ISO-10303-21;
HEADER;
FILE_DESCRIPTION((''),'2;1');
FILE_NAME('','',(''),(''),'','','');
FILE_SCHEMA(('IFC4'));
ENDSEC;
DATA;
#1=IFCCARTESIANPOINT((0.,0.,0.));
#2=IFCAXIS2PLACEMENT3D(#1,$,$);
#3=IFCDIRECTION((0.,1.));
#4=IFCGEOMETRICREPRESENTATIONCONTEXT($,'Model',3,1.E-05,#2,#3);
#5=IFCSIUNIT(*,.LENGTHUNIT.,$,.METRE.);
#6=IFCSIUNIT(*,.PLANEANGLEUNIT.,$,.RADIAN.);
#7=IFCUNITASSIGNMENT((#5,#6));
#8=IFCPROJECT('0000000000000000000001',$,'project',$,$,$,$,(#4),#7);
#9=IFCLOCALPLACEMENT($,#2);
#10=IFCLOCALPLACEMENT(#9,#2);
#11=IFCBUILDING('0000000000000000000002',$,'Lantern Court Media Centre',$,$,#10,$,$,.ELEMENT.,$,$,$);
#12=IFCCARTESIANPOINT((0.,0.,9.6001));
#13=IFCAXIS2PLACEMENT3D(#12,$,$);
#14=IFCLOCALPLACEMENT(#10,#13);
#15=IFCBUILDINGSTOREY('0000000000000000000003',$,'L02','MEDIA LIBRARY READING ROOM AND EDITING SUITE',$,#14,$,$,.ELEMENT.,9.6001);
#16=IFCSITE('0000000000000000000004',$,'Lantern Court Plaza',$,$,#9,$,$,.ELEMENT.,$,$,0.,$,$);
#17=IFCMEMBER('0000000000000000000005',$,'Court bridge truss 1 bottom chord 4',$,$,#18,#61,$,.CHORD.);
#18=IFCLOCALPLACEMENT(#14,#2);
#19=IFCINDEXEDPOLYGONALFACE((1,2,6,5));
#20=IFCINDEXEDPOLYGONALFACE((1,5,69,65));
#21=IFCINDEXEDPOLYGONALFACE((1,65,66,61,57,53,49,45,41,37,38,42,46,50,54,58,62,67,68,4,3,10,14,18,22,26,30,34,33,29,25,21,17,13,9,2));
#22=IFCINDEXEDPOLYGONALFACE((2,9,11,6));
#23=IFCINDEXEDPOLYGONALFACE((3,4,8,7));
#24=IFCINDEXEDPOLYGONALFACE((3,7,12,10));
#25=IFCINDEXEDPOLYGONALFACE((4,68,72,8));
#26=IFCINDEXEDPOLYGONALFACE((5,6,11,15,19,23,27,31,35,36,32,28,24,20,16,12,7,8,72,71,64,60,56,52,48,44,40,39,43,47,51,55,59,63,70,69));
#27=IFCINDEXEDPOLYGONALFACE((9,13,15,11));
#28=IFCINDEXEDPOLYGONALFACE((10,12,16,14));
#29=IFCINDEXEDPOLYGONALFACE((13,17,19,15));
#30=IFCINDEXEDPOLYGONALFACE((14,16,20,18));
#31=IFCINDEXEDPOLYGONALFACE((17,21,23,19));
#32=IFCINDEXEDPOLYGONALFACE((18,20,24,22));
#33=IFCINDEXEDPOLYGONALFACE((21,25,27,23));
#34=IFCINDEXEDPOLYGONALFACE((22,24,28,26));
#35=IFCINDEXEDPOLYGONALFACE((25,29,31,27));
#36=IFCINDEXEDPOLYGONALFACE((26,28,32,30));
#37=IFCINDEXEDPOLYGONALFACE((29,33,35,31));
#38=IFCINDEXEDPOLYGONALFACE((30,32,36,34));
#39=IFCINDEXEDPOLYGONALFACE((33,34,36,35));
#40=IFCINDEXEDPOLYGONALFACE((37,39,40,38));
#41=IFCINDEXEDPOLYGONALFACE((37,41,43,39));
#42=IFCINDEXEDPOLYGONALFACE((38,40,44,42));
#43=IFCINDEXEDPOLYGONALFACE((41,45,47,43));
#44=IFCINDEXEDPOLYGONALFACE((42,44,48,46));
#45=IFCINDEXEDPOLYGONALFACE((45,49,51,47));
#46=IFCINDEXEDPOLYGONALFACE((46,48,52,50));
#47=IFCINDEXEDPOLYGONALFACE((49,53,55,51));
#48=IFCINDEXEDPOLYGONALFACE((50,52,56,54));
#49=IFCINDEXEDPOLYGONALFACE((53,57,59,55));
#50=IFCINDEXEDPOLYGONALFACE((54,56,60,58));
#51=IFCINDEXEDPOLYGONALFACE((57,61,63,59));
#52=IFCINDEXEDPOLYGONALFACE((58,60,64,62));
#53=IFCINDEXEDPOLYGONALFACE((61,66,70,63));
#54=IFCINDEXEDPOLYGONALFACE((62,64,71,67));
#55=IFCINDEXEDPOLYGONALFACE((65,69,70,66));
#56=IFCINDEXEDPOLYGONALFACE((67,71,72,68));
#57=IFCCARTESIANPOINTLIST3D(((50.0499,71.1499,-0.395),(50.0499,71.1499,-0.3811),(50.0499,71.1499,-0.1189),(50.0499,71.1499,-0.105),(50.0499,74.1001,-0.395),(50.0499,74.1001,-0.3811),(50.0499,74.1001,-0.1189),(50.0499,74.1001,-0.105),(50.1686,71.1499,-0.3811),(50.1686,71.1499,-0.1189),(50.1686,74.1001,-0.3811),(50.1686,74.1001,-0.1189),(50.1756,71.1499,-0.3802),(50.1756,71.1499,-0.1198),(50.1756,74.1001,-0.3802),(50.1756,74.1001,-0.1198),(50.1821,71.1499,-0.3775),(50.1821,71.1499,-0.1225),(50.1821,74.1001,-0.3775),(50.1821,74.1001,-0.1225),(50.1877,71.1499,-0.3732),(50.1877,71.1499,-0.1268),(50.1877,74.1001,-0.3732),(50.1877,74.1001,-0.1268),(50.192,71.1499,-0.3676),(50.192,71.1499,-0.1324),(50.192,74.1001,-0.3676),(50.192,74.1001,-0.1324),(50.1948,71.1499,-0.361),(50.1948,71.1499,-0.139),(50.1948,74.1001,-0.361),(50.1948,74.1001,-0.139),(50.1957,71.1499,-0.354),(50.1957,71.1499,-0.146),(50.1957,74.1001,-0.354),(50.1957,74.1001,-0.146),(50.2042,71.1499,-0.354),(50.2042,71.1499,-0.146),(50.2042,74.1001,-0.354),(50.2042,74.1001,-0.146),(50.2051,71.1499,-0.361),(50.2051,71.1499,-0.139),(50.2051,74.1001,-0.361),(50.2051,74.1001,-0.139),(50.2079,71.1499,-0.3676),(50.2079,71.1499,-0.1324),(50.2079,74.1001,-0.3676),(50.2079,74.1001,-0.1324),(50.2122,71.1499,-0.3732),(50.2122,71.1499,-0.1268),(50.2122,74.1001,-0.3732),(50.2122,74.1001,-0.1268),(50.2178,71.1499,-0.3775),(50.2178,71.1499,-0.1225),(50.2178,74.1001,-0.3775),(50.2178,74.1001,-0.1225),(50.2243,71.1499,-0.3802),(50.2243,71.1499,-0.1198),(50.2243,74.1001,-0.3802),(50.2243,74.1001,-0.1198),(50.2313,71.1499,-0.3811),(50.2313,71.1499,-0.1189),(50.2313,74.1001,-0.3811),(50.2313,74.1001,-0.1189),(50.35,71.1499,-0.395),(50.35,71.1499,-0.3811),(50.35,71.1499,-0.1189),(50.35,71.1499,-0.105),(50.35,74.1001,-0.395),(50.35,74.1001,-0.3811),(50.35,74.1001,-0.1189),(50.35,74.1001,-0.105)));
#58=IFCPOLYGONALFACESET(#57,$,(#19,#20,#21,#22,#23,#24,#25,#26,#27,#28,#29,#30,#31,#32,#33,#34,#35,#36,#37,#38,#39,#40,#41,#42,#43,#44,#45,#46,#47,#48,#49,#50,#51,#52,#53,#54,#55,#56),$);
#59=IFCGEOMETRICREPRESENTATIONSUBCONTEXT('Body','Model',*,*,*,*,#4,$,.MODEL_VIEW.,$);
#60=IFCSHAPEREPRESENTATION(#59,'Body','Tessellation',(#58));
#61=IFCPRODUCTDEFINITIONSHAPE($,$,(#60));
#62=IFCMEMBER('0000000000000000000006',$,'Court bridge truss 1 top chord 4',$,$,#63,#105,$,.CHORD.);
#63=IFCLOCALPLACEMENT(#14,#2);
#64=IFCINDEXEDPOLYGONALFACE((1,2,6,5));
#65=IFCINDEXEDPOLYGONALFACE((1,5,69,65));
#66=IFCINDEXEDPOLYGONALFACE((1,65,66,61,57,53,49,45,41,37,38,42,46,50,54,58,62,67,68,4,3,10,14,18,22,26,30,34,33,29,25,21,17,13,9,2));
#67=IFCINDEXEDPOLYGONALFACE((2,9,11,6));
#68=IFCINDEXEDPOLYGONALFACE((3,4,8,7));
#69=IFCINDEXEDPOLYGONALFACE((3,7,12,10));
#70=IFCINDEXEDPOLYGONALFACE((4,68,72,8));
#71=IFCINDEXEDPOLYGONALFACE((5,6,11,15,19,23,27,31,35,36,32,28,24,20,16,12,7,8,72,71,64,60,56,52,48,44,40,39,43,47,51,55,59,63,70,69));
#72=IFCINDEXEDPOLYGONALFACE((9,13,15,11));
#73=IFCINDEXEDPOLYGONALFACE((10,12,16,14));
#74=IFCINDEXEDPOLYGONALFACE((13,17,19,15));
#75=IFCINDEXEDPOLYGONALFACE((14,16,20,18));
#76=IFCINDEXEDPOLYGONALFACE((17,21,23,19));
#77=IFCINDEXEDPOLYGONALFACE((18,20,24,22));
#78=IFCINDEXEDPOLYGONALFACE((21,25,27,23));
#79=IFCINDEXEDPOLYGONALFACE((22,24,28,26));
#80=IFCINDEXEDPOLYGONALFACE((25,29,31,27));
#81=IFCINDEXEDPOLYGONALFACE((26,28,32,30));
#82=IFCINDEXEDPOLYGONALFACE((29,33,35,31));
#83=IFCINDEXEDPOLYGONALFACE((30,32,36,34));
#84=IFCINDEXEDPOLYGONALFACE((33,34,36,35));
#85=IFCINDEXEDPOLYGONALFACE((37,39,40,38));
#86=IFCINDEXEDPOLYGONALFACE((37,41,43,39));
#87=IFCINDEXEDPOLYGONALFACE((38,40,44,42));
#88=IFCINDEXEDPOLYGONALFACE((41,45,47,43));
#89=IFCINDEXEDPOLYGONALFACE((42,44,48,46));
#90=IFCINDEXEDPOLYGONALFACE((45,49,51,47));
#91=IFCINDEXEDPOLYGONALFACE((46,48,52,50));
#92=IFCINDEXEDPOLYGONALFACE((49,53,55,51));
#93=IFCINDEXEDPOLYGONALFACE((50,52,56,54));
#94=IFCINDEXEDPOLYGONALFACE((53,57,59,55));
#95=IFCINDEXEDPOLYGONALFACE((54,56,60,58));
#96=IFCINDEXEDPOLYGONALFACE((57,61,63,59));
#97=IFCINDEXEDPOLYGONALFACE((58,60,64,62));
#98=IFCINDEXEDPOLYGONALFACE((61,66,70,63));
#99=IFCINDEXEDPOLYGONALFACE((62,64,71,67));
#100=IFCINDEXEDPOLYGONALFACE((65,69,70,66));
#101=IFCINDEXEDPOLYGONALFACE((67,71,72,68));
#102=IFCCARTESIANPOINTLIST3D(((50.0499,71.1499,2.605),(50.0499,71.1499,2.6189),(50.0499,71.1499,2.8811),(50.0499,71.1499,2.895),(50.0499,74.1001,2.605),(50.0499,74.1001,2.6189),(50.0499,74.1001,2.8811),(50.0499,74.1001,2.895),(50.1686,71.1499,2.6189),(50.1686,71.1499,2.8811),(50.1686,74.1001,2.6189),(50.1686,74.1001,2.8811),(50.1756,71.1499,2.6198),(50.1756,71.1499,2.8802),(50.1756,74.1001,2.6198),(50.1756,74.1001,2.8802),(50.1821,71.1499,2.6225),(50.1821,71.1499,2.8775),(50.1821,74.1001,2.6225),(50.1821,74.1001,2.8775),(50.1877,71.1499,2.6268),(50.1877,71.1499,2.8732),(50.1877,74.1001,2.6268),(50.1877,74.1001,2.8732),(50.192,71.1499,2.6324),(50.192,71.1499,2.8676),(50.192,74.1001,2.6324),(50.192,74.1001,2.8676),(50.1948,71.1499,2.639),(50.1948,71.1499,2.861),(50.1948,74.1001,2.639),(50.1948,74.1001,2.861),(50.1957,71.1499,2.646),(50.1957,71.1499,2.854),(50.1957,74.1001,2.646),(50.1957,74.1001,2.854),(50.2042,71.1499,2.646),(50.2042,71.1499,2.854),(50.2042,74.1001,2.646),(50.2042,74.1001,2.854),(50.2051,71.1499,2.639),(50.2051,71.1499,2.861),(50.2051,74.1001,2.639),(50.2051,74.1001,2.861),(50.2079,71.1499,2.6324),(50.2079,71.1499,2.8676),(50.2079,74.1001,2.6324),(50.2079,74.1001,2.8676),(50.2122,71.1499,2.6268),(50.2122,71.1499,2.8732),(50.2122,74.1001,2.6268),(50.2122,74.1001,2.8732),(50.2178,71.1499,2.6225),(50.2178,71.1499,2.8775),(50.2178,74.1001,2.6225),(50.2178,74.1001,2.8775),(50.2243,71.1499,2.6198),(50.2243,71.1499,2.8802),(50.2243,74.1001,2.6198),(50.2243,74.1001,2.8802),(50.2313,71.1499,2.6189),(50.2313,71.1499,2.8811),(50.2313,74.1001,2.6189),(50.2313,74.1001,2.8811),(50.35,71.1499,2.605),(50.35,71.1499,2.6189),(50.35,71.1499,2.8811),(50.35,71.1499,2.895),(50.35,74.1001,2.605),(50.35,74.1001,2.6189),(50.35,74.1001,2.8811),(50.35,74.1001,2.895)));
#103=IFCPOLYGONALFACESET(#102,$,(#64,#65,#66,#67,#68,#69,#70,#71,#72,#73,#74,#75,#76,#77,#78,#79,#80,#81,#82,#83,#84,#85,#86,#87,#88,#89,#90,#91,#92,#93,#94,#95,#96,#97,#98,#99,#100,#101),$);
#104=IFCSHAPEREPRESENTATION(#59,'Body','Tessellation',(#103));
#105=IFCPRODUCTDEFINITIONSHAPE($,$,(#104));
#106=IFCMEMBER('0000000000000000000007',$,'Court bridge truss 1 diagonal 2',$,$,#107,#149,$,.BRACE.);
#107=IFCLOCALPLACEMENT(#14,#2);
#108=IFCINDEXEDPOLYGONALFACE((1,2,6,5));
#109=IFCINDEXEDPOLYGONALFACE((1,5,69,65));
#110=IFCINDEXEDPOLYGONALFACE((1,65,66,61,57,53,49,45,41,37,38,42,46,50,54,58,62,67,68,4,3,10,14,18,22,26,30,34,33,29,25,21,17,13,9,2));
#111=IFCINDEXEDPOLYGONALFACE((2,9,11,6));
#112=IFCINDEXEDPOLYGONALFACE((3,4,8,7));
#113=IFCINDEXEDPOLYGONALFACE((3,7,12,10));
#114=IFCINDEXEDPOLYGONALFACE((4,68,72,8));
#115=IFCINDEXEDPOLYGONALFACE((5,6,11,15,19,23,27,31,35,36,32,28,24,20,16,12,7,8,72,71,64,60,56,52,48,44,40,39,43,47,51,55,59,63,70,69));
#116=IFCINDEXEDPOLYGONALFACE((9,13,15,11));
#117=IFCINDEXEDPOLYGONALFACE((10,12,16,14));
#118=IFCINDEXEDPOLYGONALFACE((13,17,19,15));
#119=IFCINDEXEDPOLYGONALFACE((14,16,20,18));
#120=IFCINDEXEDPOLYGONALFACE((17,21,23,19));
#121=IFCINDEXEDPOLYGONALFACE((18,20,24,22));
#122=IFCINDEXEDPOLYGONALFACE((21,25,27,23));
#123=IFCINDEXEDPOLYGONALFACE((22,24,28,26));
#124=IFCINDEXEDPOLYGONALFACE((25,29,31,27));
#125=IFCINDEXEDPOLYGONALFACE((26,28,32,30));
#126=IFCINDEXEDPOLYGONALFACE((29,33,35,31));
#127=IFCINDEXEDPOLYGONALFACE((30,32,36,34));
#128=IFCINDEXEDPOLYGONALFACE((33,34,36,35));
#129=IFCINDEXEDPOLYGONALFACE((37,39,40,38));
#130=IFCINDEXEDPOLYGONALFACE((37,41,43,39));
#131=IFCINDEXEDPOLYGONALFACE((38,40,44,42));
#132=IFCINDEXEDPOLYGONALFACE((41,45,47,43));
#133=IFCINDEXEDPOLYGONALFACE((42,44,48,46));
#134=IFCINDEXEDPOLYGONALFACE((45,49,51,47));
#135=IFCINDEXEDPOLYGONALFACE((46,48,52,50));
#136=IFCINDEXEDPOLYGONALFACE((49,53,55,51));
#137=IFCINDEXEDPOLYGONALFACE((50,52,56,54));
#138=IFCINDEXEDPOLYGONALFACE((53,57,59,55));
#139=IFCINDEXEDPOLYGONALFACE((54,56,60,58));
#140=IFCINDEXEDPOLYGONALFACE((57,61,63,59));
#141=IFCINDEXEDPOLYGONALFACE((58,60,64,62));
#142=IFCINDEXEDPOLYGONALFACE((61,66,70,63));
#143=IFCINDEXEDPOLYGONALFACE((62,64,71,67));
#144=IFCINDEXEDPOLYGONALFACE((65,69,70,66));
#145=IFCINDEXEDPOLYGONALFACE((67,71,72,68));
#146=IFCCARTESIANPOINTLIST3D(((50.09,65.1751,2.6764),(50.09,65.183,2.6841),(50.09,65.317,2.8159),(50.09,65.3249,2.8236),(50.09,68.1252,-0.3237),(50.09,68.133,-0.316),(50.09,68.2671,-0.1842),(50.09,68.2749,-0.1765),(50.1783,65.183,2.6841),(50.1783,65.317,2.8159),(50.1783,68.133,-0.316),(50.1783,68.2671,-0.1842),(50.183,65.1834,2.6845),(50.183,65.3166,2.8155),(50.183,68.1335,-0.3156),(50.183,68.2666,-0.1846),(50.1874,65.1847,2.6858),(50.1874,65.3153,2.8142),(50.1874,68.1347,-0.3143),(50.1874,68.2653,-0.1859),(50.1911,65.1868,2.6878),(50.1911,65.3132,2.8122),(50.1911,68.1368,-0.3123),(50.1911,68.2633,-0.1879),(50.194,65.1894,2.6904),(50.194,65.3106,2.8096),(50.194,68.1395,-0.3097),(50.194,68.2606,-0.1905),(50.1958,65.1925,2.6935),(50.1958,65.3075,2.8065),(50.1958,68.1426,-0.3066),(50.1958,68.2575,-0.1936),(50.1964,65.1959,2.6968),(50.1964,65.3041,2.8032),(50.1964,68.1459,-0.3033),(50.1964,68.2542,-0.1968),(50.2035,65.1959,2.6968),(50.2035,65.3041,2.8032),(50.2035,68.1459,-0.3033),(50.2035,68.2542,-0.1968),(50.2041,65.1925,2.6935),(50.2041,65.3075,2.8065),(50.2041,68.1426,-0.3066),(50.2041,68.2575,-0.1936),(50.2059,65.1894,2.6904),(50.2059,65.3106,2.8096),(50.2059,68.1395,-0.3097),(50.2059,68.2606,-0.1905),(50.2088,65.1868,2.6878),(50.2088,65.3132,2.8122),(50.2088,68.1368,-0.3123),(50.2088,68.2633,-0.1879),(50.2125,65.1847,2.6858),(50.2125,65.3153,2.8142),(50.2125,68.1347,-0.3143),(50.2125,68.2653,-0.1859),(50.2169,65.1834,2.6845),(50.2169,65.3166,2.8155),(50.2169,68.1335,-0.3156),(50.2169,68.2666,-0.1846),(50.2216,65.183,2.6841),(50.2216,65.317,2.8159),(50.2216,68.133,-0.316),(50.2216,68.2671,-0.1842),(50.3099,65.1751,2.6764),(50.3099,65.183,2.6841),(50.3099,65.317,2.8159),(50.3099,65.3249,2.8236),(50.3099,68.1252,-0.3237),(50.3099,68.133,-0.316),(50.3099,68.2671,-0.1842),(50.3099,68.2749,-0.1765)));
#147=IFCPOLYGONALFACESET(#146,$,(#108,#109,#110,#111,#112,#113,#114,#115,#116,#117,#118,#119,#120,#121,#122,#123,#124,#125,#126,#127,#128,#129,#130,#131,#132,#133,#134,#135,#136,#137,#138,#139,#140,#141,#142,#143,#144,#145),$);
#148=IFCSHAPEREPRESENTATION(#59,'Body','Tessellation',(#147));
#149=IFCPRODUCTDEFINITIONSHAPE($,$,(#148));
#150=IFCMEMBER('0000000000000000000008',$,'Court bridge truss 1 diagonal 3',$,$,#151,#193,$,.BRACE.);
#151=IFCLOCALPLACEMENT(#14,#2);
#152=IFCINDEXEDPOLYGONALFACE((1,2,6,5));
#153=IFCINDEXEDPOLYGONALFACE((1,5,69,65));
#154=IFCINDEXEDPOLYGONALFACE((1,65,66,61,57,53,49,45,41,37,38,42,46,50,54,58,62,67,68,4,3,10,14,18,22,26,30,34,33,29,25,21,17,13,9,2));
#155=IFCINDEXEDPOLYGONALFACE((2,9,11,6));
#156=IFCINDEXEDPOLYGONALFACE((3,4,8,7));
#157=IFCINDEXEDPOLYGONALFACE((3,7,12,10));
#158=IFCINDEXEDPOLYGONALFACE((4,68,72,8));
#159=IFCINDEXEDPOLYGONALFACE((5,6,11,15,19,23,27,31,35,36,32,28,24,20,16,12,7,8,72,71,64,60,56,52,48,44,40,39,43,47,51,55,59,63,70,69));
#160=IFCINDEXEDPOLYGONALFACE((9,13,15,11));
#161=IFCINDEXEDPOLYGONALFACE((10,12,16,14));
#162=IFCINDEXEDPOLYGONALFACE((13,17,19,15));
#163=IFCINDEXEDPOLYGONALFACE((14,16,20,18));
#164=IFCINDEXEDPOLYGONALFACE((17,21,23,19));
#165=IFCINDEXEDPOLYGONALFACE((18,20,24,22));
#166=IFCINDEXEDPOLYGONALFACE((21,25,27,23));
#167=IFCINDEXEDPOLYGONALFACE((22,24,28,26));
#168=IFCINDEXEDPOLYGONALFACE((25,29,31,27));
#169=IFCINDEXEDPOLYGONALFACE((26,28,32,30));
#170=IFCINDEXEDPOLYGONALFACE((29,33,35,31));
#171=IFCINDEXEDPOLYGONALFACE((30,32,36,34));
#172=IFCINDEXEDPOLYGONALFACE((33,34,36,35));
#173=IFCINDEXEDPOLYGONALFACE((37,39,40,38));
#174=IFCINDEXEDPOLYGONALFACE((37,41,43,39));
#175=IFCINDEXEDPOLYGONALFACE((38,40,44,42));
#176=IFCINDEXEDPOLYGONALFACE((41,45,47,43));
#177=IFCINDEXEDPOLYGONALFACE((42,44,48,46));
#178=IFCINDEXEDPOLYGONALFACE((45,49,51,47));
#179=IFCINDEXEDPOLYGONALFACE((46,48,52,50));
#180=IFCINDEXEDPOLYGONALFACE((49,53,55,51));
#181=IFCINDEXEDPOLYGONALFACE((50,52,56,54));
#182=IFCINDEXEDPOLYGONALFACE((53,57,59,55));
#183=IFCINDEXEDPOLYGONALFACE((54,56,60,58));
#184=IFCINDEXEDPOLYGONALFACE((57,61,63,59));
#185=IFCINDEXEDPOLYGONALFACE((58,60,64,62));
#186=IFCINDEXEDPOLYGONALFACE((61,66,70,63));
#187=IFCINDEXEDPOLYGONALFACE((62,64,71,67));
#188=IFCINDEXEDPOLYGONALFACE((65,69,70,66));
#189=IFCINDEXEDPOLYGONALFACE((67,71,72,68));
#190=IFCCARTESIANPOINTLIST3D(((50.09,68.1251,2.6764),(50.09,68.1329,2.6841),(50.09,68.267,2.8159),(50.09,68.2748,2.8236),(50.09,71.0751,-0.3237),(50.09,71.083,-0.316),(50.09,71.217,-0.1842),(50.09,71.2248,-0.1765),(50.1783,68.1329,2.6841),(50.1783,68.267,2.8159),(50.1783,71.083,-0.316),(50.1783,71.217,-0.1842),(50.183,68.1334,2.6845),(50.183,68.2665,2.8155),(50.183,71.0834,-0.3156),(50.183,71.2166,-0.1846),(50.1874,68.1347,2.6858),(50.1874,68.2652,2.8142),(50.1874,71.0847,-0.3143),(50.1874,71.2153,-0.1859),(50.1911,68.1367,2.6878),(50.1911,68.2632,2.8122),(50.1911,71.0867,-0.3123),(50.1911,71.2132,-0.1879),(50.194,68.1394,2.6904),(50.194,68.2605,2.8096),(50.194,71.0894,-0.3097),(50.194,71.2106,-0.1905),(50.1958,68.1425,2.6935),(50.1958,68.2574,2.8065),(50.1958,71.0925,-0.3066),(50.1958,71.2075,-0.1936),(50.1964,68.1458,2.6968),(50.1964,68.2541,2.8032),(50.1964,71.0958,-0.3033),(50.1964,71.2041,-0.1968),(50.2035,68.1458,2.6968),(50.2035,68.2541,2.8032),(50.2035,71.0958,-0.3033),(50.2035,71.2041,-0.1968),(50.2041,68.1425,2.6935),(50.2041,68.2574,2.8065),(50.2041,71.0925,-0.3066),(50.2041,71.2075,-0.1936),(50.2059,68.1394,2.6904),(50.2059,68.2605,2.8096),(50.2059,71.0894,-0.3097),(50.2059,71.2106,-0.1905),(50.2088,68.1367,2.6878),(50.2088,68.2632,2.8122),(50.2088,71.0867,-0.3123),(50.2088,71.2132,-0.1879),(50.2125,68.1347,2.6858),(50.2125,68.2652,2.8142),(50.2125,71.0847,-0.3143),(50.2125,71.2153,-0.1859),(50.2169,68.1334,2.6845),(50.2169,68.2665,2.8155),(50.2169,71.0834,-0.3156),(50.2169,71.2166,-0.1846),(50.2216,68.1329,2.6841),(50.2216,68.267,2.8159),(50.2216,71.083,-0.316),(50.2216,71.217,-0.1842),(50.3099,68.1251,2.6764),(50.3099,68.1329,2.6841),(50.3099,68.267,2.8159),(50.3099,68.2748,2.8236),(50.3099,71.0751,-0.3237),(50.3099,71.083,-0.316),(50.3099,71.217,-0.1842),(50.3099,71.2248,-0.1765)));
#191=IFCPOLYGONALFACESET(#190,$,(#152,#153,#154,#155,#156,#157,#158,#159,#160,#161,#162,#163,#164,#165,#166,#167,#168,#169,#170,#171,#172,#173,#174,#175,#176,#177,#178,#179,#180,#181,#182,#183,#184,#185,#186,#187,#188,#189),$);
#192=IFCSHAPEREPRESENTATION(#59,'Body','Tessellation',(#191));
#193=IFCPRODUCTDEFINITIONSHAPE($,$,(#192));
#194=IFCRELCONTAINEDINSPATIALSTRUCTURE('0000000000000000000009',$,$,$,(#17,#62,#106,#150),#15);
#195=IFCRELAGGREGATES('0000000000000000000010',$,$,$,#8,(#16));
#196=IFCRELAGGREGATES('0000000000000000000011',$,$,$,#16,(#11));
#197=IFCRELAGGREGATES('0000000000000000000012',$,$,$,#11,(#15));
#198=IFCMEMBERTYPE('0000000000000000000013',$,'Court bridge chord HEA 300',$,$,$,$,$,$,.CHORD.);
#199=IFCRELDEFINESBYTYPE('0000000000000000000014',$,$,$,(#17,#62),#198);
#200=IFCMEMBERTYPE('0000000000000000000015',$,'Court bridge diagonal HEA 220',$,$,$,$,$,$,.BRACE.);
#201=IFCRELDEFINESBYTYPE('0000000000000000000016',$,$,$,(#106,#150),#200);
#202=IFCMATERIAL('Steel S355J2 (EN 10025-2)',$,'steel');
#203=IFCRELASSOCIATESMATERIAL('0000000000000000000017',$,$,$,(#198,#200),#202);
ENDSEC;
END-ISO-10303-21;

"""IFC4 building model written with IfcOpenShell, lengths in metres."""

from ifc_helpers import new_model, si_unit, direction, frame, origin, origin_2d, place, context, subcontext, project, spatial, i_section, extrude, material, material_profile, profile_set, type_object, element, save


model = new_model("IFC4")

# Units and contexts
model_context = context("Model", 3, precision=1e-05, world=origin(), true_north=direction((0.0, 1.0)))
body_context = subcontext(model_context, "Body", "Model", "MODEL_VIEW")
ifc_project = project(units=[si_unit("LENGTHUNIT", "METRE"), si_unit("PLANEANGLEUNIT", "RADIAN")], contexts=[model_context])

# Site, building, storey
site_placement = place(None, origin())
site = spatial("IfcSite", under=ifc_project, at=site_placement, Name="Lantern Court Plaza", CompositionType="ELEMENT", RefElevation=0.0)
building_placement = place(site_placement, origin())
building = spatial("IfcBuilding", under=site, at=building_placement, Name="Lantern Court Media Centre", CompositionType="ELEMENT")
storey_placement = place(building_placement, frame((0.0, 0.0, 9.6001)))
storey = spatial("IfcBuildingStorey", under=building, at=storey_placement, Name="L02", Description="MEDIA LIBRARY READING ROOM AND EDITING SUITE", CompositionType="ELEMENT", Elevation=9.6001)

# Members
ifc_material = material(Name="Steel S355J2 (EN 10025-2)", Category="steel")
ifc_material_profile_1 = material_profile(ifc_material, i_section(OverallWidth=0.3, OverallDepth=0.29, WebThickness=0.0085, FlangeThickness=0.0139, FilletRadius=0.0271, at=origin_2d()), Name="HEA 300")
ifc_profile_set_1 = profile_set([ifc_material_profile_1], Name="Steel S355J2 (EN 10025-2)")
member_type_1 = type_object("IfcMemberType", Name="Court bridge chord HEA 300", PredefinedType="CHORD", material=ifc_profile_set_1)
for number, where, z_axis, x_axis, name in (
    (1, (50.2, 71.1499, -0.25), (0.0, 1.0, 0.0), (-1.0, 0.0, 0.0), "Court bridge truss 1 bottom chord 4"),
    (2, (50.2, 71.1499, 2.75), (0.0, 1.0, 0.0), (-1.0, 0.0, 0.0), "Court bridge truss 1 top chord 4"),
):
    element("IfcMember", number, at=place(storey_placement, frame(where, z_axis=z_axis, x_axis=x_axis)), inside=storey, type_object=member_type_1, Name=name, PredefinedType="CHORD", context=body_context, shape_type="SweptSolid", body=[
        extrude(i_section(OverallWidth=0.3, OverallDepth=0.29, WebThickness=0.0085, FlangeThickness=0.0139, FilletRadius=0.0271, at=origin_2d()), origin(), (0.0, 0.0, 1.0), 2.9502),
    ])
ifc_material_profile_2 = material_profile(ifc_material, i_section(OverallWidth=0.22, OverallDepth=0.21, WebThickness=0.0071, FlangeThickness=0.011, FilletRadius=0.0181, at=origin_2d()), Name="HEA 220")
ifc_profile_set_2 = profile_set([ifc_material_profile_2], Name="Steel S355J2 (EN 10025-2)")
member_type_2 = type_object("IfcMemberType", Name="Court bridge diagonal HEA 220", PredefinedType="BRACE", material=ifc_profile_set_2)
for number, where, z_axis, x_axis, name in (
    (3, (50.2, 65.25, 2.75), (0.0, 0.701134, -0.713029), (-1.0, 0.0, 0.0), "Court bridge truss 1 diagonal 2"),
    (4, (50.2, 68.2, 2.75), (0.0, 0.701134, -0.713029), (-1.0, 0.0, 0.0), "Court bridge truss 1 diagonal 3"),
):
    element("IfcMember", number, at=place(storey_placement, frame(where, z_axis=z_axis, x_axis=x_axis)), inside=storey, type_object=member_type_2, Name=name, PredefinedType="BRACE", context=body_context, shape_type="SweptSolid", body=[
        extrude(i_section(OverallWidth=0.22, OverallDepth=0.21, WebThickness=0.0071, FlangeThickness=0.011, FilletRadius=0.0181, at=origin_2d()), origin(), (0.0, 0.0, 1.0), 4.2075),
    ])

save(model, "model.ifc")
